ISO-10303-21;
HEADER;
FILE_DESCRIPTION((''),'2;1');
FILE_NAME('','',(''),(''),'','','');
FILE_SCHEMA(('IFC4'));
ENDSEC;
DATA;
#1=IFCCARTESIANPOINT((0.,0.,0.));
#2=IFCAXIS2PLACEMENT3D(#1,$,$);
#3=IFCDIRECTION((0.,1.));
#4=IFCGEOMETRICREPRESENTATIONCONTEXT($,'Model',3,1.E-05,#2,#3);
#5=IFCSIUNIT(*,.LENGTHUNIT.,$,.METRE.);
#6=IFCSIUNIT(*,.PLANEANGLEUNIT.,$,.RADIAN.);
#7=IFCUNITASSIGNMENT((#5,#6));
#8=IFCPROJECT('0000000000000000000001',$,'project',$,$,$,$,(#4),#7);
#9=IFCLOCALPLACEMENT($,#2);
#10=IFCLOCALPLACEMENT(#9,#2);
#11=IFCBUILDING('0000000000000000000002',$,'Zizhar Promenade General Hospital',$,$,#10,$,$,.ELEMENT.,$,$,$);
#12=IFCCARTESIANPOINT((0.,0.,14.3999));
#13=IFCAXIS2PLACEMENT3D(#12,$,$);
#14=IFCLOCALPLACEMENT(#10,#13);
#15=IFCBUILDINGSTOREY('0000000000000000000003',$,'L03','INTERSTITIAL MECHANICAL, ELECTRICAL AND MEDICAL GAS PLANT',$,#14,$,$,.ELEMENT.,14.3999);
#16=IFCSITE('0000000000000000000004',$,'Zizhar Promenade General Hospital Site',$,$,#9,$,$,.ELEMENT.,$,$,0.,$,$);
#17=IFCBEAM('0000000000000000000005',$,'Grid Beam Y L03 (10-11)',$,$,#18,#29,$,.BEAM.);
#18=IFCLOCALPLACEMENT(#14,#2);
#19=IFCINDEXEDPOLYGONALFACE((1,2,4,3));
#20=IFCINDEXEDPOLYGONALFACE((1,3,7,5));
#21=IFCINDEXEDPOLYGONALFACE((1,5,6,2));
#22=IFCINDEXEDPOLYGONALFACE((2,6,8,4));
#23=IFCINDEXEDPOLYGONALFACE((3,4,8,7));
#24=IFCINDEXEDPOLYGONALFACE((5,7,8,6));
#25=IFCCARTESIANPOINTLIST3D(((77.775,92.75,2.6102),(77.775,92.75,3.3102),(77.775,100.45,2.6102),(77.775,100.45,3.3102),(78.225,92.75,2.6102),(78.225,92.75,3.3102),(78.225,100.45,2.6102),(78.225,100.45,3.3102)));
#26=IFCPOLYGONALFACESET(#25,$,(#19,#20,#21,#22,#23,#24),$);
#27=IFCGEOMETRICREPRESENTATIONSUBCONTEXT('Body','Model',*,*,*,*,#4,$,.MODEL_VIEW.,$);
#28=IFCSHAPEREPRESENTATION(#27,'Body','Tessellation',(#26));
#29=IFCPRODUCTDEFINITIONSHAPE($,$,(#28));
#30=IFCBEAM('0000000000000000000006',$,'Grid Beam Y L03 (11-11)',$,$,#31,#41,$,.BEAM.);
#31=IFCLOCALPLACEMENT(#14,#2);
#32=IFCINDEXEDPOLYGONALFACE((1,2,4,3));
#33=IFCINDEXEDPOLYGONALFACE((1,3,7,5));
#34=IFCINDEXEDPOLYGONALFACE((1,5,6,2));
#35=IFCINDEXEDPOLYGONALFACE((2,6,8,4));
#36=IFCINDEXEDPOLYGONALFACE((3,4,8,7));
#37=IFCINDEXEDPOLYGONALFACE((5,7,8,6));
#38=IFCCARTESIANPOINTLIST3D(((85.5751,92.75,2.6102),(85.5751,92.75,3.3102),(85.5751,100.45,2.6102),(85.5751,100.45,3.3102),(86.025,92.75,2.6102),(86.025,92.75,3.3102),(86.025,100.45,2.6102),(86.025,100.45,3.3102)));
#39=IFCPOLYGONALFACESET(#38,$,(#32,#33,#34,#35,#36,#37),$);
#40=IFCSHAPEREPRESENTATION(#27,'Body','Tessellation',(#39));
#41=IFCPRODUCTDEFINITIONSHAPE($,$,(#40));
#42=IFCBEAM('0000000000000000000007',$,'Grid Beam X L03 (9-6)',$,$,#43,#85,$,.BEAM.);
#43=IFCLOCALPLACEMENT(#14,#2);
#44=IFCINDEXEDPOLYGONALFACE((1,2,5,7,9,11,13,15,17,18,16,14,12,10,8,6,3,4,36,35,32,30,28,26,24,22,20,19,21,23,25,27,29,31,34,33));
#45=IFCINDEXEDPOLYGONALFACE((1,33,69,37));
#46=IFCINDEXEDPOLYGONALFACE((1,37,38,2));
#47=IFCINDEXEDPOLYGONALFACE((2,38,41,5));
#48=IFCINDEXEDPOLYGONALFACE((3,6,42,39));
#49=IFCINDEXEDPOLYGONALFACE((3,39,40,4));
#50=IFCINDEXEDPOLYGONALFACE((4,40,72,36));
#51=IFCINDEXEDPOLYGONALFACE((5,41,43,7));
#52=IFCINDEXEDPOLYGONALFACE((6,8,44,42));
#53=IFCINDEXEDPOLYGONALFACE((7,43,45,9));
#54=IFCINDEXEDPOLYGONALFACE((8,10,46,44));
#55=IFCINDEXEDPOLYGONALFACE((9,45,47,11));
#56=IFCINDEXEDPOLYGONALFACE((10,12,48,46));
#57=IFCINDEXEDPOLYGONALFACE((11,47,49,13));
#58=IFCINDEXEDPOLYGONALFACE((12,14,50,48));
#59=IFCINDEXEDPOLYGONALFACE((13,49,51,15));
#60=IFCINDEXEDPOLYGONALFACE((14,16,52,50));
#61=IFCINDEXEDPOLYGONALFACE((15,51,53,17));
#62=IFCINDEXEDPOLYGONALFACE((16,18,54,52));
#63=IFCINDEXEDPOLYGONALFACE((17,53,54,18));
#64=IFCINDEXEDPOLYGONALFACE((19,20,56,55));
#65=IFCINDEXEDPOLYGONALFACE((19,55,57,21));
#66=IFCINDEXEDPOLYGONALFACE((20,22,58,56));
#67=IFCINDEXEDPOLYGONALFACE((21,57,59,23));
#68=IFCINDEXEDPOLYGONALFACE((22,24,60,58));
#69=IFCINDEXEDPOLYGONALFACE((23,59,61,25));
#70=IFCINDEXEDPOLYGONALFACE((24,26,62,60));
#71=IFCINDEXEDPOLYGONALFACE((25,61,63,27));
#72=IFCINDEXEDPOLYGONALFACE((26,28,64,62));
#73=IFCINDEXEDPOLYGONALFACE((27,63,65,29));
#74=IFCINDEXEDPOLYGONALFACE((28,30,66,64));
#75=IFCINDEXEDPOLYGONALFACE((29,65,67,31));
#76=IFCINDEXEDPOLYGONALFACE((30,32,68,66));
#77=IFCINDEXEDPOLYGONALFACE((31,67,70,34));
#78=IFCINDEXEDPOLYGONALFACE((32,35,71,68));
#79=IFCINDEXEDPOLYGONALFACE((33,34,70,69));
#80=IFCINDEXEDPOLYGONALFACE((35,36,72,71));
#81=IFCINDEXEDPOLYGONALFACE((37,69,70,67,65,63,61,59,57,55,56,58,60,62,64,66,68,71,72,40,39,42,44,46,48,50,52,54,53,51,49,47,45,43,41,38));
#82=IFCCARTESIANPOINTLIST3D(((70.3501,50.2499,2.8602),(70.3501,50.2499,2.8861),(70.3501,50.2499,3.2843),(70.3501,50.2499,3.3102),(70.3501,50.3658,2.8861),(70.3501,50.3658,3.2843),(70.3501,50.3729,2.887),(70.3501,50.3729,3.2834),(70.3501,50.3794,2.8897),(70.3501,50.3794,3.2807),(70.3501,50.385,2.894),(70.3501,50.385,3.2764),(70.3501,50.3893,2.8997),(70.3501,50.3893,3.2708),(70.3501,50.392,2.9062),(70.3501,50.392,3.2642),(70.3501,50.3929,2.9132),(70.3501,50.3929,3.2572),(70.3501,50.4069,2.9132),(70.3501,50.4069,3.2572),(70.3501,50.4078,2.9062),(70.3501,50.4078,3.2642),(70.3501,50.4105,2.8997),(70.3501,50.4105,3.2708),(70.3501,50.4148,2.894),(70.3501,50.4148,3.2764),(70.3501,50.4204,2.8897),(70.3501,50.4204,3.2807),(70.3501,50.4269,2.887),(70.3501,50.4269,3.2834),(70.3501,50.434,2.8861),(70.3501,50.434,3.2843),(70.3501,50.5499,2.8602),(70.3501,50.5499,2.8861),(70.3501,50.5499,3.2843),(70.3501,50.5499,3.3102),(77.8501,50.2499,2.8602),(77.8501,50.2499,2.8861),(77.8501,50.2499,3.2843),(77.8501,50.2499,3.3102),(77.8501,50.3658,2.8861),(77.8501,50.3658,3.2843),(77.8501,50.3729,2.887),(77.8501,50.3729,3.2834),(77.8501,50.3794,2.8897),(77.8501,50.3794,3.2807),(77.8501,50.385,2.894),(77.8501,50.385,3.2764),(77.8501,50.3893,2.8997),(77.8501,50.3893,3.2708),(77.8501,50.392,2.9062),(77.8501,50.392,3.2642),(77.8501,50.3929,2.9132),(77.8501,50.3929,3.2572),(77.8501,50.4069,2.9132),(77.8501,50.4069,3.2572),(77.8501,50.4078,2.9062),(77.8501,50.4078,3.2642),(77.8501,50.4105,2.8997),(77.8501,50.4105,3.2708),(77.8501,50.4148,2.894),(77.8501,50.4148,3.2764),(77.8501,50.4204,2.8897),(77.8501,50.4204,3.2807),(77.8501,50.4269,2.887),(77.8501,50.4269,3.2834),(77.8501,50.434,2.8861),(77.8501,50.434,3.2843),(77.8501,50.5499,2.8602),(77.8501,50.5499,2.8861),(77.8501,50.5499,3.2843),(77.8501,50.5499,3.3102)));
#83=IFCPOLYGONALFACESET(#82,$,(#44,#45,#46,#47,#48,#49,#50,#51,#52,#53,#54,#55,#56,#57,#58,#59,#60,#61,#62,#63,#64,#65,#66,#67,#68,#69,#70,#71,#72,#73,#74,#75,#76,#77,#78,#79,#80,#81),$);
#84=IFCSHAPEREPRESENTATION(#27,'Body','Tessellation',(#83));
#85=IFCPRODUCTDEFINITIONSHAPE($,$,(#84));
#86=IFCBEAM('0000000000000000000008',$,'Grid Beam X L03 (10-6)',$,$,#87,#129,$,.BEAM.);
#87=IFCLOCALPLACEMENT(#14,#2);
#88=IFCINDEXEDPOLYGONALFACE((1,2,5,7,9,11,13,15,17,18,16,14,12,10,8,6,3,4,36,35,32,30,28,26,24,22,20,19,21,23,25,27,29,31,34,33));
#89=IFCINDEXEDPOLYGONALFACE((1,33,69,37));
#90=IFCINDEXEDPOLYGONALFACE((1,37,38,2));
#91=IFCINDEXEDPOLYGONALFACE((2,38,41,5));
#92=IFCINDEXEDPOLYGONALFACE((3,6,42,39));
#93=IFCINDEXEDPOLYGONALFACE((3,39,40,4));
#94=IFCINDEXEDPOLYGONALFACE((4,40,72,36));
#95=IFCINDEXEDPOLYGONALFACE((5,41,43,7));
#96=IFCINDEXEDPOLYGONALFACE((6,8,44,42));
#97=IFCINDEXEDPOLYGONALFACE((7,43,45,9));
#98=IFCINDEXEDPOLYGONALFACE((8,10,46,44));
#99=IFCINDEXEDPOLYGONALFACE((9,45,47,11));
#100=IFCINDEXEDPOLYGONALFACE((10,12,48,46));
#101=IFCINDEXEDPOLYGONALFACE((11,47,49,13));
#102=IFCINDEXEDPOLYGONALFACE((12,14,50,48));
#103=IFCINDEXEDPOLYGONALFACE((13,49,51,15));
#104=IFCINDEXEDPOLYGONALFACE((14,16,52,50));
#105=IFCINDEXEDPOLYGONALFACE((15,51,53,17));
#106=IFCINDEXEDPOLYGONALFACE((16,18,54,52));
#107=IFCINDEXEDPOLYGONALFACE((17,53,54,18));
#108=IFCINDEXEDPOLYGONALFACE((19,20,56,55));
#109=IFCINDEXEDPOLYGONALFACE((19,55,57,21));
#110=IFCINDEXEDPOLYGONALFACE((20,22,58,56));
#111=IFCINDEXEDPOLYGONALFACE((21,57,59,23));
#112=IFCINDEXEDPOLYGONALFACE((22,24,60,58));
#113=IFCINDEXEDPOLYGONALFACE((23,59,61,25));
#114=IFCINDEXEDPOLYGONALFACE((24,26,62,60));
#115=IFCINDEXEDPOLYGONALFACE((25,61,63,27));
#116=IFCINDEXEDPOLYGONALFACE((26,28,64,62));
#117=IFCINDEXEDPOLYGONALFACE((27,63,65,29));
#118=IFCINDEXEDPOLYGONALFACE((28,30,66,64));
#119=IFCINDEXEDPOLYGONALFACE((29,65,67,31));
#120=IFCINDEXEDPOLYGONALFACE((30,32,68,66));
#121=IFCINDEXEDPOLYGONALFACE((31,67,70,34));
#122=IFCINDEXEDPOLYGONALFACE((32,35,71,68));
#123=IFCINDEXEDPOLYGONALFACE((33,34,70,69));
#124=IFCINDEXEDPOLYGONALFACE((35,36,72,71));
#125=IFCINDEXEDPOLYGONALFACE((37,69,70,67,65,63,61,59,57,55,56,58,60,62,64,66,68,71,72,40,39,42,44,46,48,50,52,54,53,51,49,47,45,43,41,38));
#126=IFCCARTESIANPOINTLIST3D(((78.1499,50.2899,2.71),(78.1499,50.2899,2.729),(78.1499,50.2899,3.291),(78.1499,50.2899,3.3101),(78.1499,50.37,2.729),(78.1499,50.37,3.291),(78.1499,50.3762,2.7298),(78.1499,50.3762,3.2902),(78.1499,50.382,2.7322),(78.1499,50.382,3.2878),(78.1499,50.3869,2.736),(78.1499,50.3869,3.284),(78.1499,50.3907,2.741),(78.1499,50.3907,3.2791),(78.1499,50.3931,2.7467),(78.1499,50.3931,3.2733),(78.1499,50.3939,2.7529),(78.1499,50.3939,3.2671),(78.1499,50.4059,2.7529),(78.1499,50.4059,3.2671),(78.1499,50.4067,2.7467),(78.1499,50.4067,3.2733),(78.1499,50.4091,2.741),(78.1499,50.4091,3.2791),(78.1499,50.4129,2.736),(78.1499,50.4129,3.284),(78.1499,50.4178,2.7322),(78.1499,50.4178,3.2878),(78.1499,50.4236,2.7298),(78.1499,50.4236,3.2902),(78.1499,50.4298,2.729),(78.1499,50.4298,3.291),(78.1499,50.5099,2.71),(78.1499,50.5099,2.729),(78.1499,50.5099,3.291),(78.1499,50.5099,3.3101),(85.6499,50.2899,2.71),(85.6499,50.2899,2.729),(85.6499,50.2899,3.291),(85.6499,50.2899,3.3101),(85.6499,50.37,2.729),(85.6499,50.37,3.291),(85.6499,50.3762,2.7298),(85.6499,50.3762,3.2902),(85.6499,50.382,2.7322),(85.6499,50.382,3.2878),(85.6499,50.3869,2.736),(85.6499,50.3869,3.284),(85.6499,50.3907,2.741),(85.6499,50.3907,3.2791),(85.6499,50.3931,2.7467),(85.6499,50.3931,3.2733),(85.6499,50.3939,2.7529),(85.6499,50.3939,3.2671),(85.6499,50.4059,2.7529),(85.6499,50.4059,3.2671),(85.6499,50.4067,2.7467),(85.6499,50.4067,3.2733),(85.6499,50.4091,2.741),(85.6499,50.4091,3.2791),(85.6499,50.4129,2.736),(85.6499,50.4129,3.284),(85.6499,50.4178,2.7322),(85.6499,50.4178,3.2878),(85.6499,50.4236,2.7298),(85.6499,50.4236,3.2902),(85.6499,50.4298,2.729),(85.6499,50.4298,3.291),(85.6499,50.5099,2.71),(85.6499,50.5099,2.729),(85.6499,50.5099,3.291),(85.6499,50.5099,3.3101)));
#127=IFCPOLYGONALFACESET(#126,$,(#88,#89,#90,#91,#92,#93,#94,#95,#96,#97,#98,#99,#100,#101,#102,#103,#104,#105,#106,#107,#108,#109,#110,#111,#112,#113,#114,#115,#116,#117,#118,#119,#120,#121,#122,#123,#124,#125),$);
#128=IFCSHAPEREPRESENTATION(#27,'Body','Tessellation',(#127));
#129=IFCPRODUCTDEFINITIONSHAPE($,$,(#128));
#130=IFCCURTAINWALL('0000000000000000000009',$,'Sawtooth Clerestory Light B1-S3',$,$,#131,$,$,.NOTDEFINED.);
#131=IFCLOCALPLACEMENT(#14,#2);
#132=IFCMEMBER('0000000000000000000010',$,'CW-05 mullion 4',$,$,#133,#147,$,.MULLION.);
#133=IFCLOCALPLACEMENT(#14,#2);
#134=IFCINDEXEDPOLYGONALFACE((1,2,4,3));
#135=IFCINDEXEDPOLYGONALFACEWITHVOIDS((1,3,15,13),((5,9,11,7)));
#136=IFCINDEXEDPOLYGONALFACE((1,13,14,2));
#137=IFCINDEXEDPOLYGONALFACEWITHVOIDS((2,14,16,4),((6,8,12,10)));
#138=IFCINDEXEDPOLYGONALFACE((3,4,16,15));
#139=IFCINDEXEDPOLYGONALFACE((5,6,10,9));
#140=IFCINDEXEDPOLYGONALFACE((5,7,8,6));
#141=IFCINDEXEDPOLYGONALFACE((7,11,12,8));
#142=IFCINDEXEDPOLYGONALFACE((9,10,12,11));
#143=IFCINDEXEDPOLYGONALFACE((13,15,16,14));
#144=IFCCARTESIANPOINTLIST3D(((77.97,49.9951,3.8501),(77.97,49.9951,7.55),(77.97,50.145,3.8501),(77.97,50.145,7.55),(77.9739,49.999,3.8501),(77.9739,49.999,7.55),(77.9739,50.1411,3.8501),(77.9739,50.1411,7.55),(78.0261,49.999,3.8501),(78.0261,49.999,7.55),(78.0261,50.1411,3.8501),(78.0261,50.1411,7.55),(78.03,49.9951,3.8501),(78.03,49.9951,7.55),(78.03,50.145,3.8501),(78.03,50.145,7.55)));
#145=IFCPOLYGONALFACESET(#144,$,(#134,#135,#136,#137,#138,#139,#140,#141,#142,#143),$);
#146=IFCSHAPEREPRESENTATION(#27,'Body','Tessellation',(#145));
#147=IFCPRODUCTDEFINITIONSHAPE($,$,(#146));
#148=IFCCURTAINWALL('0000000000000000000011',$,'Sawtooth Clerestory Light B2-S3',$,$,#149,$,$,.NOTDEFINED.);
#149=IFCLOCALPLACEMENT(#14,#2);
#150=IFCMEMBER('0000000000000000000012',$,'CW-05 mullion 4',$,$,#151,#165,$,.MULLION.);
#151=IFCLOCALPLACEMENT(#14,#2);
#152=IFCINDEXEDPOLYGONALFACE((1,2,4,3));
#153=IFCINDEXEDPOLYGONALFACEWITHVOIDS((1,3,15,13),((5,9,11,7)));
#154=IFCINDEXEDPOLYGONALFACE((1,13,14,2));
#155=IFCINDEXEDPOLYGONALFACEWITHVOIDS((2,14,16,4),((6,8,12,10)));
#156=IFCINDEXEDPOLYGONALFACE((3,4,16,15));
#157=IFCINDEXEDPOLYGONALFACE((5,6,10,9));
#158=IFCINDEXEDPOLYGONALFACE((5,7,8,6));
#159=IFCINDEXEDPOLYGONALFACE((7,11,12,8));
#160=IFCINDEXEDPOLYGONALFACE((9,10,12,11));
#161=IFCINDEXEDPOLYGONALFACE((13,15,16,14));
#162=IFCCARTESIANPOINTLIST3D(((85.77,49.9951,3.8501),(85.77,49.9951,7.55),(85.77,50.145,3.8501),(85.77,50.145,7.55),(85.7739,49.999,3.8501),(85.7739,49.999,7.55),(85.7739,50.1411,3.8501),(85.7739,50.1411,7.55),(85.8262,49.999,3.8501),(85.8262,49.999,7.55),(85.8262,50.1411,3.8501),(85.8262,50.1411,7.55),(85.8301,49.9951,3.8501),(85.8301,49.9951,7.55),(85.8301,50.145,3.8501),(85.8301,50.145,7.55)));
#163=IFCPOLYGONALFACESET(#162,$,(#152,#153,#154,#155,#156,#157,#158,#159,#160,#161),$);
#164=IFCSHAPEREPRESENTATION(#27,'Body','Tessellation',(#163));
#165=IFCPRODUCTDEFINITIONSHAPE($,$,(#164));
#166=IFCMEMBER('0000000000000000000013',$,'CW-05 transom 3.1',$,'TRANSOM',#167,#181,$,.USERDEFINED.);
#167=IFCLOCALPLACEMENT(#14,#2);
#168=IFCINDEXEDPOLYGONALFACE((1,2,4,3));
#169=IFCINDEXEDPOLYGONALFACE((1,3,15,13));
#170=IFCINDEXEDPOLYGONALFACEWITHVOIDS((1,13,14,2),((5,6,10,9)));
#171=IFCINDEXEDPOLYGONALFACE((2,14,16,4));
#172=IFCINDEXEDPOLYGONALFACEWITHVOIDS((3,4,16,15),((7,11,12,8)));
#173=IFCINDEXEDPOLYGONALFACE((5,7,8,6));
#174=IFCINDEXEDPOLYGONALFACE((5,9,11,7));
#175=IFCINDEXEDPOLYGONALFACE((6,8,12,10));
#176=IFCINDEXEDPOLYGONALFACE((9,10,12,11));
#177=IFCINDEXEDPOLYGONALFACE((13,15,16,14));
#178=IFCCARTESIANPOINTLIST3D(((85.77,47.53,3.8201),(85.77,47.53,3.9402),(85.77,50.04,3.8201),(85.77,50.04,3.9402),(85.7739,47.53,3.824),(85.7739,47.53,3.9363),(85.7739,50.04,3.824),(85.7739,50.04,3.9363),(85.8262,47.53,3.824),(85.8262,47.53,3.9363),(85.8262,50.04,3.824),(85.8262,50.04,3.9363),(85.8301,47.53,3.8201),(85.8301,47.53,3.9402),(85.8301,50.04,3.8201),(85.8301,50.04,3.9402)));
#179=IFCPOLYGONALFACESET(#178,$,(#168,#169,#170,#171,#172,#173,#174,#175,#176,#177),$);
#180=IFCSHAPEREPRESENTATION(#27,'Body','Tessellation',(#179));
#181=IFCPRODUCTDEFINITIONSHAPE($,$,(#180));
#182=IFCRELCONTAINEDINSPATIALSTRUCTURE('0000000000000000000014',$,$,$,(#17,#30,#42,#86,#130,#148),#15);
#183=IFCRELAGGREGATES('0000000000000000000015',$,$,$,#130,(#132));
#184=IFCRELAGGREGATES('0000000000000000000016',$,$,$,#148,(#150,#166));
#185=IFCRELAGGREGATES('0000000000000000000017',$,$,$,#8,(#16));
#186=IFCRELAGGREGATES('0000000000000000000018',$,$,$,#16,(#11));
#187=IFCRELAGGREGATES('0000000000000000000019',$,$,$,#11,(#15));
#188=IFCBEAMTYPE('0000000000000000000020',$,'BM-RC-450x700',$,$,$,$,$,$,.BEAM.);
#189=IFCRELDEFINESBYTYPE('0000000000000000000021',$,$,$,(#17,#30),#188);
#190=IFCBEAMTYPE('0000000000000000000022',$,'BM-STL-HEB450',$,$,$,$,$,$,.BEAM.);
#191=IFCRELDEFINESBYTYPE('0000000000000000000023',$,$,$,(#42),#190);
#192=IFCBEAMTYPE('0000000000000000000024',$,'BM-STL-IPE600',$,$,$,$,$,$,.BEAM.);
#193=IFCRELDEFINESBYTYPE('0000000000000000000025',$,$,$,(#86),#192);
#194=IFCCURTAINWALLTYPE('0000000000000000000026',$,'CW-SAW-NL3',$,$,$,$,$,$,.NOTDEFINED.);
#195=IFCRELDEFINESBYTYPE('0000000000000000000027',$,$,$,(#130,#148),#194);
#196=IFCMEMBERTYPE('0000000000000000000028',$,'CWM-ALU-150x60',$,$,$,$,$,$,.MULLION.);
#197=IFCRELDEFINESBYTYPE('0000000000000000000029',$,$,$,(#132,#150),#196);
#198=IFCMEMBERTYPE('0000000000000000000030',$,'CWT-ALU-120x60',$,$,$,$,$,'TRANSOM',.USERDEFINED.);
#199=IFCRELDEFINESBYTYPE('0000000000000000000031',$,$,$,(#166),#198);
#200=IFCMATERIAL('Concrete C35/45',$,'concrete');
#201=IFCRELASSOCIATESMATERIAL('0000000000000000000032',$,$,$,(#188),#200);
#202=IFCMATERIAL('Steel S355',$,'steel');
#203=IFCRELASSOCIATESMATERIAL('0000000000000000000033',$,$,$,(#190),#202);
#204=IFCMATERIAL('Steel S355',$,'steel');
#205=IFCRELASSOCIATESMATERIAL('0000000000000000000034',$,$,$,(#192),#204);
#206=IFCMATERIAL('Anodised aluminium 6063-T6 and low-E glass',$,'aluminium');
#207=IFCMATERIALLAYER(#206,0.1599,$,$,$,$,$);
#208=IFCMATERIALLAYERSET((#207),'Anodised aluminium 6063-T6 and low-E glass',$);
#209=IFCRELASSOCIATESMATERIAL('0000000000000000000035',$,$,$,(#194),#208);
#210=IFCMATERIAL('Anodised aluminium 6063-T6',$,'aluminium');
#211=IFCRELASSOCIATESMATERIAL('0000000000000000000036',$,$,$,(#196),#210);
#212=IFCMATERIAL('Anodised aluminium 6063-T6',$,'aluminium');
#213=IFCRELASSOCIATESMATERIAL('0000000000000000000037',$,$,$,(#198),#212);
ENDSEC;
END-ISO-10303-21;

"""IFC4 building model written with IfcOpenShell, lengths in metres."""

from ifc_helpers import new_model, si_unit, direction, frame, origin, origin_2d, place, context, subcontext, project, spatial, rectangle, hollow_rectangle, i_section, extrude, material, layer, layer_set, material_profile, profile_set, type_object, element, aggregate, save


model = new_model("IFC4")

# Units and contexts
model_context = context("Model", 3, precision=1e-05, world=origin(), true_north=direction((0.0, 1.0)))
body_context = subcontext(model_context, "Body", "Model", "MODEL_VIEW")
ifc_project = project(units=[si_unit("LENGTHUNIT", "METRE"), si_unit("PLANEANGLEUNIT", "RADIAN")], contexts=[model_context])

# Site, building, storey
site_placement = place(None, origin())
site = spatial("IfcSite", under=ifc_project, at=site_placement, Name="Zizhar Promenade General Hospital Site", CompositionType="ELEMENT", RefElevation=0.0)
building_placement = place(site_placement, origin())
building = spatial("IfcBuilding", under=site, at=building_placement, Name="Zizhar Promenade General Hospital", CompositionType="ELEMENT")
storey_placement = place(building_placement, frame((0.0, 0.0, 14.3999)))
storey = spatial("IfcBuildingStorey", under=building, at=storey_placement, Name="L03", Description="INTERSTITIAL MECHANICAL, ELECTRICAL AND MEDICAL GAS PLANT", CompositionType="ELEMENT", Elevation=14.3999)

# Beams
ifc_material_1 = material(Name="Concrete C35/45", Category="concrete")
ifc_material_profile_1 = material_profile(ifc_material_1, rectangle(XDim=0.45, YDim=0.7, at=origin_2d()))
ifc_profile_set_1 = profile_set([ifc_material_profile_1], Name="Concrete C35/45")
beam_type_1 = type_object("IfcBeamType", Name="BM-RC-450x700", PredefinedType="BEAM", material=ifc_profile_set_1)
for number, where, z_axis, x_axis, name in (
    (1, (78.0, 92.75, 2.9602), (0.0, 1.0, 0.0), (-1.0, 0.0, 0.0), "Grid Beam Y L03 (10-11)"),
    (2, (85.8, 92.75, 2.9602), (0.0, 1.0, 0.0), (-1.0, 0.0, 0.0), "Grid Beam Y L03 (11-11)"),
):
    element("IfcBeam", number, at=place(storey_placement, frame(where, z_axis=z_axis, x_axis=x_axis)), inside=storey, type_object=beam_type_1, Name=name, PredefinedType="BEAM", context=body_context, shape_type="SweptSolid", body=[
        extrude(rectangle(XDim=0.45, YDim=0.7, at=origin_2d()), origin(), (0.0, 0.0, 1.0), 7.7),
    ])
ifc_material_2 = material(Name="Steel S355", Category="steel")
ifc_material_profile_2 = material_profile(ifc_material_2, i_section(OverallWidth=0.3, OverallDepth=0.45, WebThickness=0.0139, FlangeThickness=0.0259, FilletRadius=0.0271, at=origin_2d()))
ifc_profile_set_2 = profile_set([ifc_material_profile_2], Name="Steel S355")
beam_type_2 = type_object("IfcBeamType", Name="BM-STL-HEB450", PredefinedType="BEAM", material=ifc_profile_set_2)
beam_1_placement = place(storey_placement, frame((70.3501, 50.3999, 3.0852), z_axis=(1.0, 0.0, 0.0), x_axis=(0.0, 1.0, 0.0)))
element("IfcBeam", 3, at=beam_1_placement, inside=storey, type_object=beam_type_2, Name="Grid Beam X L03 (9-6)", PredefinedType="BEAM", context=body_context, shape_type="SweptSolid", body=[
    extrude(i_section(OverallWidth=0.3, OverallDepth=0.45, WebThickness=0.0139, FlangeThickness=0.0259, FilletRadius=0.0271, at=origin_2d()), origin(), (0.0, 0.0, 1.0), 7.5),
])
ifc_material_3 = material(Name="Steel S355", Category="steel")
ifc_material_profile_3 = material_profile(ifc_material_3, i_section(OverallWidth=0.22, OverallDepth=0.6001, WebThickness=0.012, FlangeThickness=0.019, FilletRadius=0.0239, at=origin_2d()))
ifc_profile_set_3 = profile_set([ifc_material_profile_3], Name="Steel S355")
beam_type_3 = type_object("IfcBeamType", Name="BM-STL-IPE600", PredefinedType="BEAM", material=ifc_profile_set_3)
beam_2_placement = place(storey_placement, frame((78.1499, 50.3999, 3.01), z_axis=(1.0, 0.0, 0.0), x_axis=(0.0, 1.0, 0.0)))
element("IfcBeam", 4, at=beam_2_placement, inside=storey, type_object=beam_type_3, Name="Grid Beam X L03 (10-6)", PredefinedType="BEAM", context=body_context, shape_type="SweptSolid", body=[
    extrude(i_section(OverallWidth=0.22, OverallDepth=0.6001, WebThickness=0.012, FlangeThickness=0.019, FilletRadius=0.0239, at=origin_2d()), origin(), (0.0, 0.0, 1.0), 7.5),
])

# Curtain wall, member
ifc_material_4 = material(Name="Anodised aluminium 6063-T6 and low-E glass", Category="aluminium")
ifc_layer_1 = layer(ifc_material_4, 0.1599)
ifc_layer_set_1 = layer_set([ifc_layer_1], Name="Anodised aluminium 6063-T6 and low-E glass")
curtain_wall_type = type_object("IfcCurtainWallType", Name="CW-SAW-NL3", PredefinedType="NOTDEFINED", material=ifc_layer_set_1)
curtain_wall_1_placement = place(storey_placement, origin())
curtain_wall_1 = element("IfcCurtainWall", 5, at=curtain_wall_1_placement, inside=storey, type_object=curtain_wall_type, Name="Sawtooth Clerestory Light B1-S3", PredefinedType="NOTDEFINED")
ifc_material_5 = material(Name="Anodised aluminium 6063-T6", Category="aluminium")
ifc_material_profile_4 = material_profile(ifc_material_5, hollow_rectangle(XDim=0.0601, YDim=0.1499, WallThickness=0.0039, at=origin_2d()))
ifc_profile_set_4 = profile_set([ifc_material_profile_4], Name="Anodised aluminium 6063-T6")
member_type_1 = type_object("IfcMemberType", Name="CWM-ALU-150x60", PredefinedType="MULLION", material=ifc_profile_set_4)
member_1_placement = place(storey_placement, frame((78.0, 50.0701, 3.8501), z_axis=(0.0, 0.0, 1.0), x_axis=(-1.0, 0.0, 0.0)))
member_1 = element("IfcMember", 6, at=member_1_placement, type_object=member_type_1, Name="CW-05 mullion 4", PredefinedType="MULLION", context=body_context, shape_type="SweptSolid", body=[
    extrude(hollow_rectangle(XDim=0.0601, YDim=0.1499, WallThickness=0.0039, at=origin_2d()), origin(), (0.0, 0.0, 1.0), 3.7),
])

# Curtain wall, members
curtain_wall_2_placement = place(storey_placement, origin())
curtain_wall_2 = element("IfcCurtainWall", 7, at=curtain_wall_2_placement, inside=storey, type_object=curtain_wall_type, Name="Sawtooth Clerestory Light B2-S3", PredefinedType="NOTDEFINED")
member_2_placement = place(storey_placement, frame((85.8, 50.0701, 3.8501), z_axis=(0.0, 0.0, 1.0), x_axis=(-1.0, 0.0, 0.0)))
member_2 = element("IfcMember", 8, at=member_2_placement, type_object=member_type_1, Name="CW-05 mullion 4", PredefinedType="MULLION", context=body_context, shape_type="SweptSolid", body=[
    extrude(hollow_rectangle(XDim=0.0601, YDim=0.1499, WallThickness=0.0039, at=origin_2d()), origin(), (0.0, 0.0, 1.0), 3.7),
])
ifc_material_6 = material(Name="Anodised aluminium 6063-T6", Category="aluminium")
ifc_material_profile_5 = material_profile(ifc_material_6, hollow_rectangle(XDim=0.0601, YDim=0.1201, WallThickness=0.0039, at=origin_2d()))
ifc_profile_set_5 = profile_set([ifc_material_profile_5], Name="Anodised aluminium 6063-T6")
member_type_2 = type_object("IfcMemberType", Name="CWT-ALU-120x60", ElementType="TRANSOM", PredefinedType="USERDEFINED", material=ifc_profile_set_5)
member_3_placement = place(storey_placement, frame((85.8, 47.53, 3.8801), z_axis=(0.0, 1.0, 0.0), x_axis=(-1.0, 0.0, 0.0)))
member_3 = element("IfcMember", 9, at=member_3_placement, type_object=member_type_2, Name="CW-05 transom 3.1", ObjectType="TRANSOM", PredefinedType="USERDEFINED", context=body_context, shape_type="SweptSolid", body=[
    extrude(hollow_rectangle(XDim=0.0601, YDim=0.1201, WallThickness=0.0039, at=origin_2d()), origin(), (0.0, 0.0, 1.0), 2.51),
])

aggregate(curtain_wall_1, [member_1])
aggregate(curtain_wall_2, [member_2, member_3])

save(model, "model.ifc")
